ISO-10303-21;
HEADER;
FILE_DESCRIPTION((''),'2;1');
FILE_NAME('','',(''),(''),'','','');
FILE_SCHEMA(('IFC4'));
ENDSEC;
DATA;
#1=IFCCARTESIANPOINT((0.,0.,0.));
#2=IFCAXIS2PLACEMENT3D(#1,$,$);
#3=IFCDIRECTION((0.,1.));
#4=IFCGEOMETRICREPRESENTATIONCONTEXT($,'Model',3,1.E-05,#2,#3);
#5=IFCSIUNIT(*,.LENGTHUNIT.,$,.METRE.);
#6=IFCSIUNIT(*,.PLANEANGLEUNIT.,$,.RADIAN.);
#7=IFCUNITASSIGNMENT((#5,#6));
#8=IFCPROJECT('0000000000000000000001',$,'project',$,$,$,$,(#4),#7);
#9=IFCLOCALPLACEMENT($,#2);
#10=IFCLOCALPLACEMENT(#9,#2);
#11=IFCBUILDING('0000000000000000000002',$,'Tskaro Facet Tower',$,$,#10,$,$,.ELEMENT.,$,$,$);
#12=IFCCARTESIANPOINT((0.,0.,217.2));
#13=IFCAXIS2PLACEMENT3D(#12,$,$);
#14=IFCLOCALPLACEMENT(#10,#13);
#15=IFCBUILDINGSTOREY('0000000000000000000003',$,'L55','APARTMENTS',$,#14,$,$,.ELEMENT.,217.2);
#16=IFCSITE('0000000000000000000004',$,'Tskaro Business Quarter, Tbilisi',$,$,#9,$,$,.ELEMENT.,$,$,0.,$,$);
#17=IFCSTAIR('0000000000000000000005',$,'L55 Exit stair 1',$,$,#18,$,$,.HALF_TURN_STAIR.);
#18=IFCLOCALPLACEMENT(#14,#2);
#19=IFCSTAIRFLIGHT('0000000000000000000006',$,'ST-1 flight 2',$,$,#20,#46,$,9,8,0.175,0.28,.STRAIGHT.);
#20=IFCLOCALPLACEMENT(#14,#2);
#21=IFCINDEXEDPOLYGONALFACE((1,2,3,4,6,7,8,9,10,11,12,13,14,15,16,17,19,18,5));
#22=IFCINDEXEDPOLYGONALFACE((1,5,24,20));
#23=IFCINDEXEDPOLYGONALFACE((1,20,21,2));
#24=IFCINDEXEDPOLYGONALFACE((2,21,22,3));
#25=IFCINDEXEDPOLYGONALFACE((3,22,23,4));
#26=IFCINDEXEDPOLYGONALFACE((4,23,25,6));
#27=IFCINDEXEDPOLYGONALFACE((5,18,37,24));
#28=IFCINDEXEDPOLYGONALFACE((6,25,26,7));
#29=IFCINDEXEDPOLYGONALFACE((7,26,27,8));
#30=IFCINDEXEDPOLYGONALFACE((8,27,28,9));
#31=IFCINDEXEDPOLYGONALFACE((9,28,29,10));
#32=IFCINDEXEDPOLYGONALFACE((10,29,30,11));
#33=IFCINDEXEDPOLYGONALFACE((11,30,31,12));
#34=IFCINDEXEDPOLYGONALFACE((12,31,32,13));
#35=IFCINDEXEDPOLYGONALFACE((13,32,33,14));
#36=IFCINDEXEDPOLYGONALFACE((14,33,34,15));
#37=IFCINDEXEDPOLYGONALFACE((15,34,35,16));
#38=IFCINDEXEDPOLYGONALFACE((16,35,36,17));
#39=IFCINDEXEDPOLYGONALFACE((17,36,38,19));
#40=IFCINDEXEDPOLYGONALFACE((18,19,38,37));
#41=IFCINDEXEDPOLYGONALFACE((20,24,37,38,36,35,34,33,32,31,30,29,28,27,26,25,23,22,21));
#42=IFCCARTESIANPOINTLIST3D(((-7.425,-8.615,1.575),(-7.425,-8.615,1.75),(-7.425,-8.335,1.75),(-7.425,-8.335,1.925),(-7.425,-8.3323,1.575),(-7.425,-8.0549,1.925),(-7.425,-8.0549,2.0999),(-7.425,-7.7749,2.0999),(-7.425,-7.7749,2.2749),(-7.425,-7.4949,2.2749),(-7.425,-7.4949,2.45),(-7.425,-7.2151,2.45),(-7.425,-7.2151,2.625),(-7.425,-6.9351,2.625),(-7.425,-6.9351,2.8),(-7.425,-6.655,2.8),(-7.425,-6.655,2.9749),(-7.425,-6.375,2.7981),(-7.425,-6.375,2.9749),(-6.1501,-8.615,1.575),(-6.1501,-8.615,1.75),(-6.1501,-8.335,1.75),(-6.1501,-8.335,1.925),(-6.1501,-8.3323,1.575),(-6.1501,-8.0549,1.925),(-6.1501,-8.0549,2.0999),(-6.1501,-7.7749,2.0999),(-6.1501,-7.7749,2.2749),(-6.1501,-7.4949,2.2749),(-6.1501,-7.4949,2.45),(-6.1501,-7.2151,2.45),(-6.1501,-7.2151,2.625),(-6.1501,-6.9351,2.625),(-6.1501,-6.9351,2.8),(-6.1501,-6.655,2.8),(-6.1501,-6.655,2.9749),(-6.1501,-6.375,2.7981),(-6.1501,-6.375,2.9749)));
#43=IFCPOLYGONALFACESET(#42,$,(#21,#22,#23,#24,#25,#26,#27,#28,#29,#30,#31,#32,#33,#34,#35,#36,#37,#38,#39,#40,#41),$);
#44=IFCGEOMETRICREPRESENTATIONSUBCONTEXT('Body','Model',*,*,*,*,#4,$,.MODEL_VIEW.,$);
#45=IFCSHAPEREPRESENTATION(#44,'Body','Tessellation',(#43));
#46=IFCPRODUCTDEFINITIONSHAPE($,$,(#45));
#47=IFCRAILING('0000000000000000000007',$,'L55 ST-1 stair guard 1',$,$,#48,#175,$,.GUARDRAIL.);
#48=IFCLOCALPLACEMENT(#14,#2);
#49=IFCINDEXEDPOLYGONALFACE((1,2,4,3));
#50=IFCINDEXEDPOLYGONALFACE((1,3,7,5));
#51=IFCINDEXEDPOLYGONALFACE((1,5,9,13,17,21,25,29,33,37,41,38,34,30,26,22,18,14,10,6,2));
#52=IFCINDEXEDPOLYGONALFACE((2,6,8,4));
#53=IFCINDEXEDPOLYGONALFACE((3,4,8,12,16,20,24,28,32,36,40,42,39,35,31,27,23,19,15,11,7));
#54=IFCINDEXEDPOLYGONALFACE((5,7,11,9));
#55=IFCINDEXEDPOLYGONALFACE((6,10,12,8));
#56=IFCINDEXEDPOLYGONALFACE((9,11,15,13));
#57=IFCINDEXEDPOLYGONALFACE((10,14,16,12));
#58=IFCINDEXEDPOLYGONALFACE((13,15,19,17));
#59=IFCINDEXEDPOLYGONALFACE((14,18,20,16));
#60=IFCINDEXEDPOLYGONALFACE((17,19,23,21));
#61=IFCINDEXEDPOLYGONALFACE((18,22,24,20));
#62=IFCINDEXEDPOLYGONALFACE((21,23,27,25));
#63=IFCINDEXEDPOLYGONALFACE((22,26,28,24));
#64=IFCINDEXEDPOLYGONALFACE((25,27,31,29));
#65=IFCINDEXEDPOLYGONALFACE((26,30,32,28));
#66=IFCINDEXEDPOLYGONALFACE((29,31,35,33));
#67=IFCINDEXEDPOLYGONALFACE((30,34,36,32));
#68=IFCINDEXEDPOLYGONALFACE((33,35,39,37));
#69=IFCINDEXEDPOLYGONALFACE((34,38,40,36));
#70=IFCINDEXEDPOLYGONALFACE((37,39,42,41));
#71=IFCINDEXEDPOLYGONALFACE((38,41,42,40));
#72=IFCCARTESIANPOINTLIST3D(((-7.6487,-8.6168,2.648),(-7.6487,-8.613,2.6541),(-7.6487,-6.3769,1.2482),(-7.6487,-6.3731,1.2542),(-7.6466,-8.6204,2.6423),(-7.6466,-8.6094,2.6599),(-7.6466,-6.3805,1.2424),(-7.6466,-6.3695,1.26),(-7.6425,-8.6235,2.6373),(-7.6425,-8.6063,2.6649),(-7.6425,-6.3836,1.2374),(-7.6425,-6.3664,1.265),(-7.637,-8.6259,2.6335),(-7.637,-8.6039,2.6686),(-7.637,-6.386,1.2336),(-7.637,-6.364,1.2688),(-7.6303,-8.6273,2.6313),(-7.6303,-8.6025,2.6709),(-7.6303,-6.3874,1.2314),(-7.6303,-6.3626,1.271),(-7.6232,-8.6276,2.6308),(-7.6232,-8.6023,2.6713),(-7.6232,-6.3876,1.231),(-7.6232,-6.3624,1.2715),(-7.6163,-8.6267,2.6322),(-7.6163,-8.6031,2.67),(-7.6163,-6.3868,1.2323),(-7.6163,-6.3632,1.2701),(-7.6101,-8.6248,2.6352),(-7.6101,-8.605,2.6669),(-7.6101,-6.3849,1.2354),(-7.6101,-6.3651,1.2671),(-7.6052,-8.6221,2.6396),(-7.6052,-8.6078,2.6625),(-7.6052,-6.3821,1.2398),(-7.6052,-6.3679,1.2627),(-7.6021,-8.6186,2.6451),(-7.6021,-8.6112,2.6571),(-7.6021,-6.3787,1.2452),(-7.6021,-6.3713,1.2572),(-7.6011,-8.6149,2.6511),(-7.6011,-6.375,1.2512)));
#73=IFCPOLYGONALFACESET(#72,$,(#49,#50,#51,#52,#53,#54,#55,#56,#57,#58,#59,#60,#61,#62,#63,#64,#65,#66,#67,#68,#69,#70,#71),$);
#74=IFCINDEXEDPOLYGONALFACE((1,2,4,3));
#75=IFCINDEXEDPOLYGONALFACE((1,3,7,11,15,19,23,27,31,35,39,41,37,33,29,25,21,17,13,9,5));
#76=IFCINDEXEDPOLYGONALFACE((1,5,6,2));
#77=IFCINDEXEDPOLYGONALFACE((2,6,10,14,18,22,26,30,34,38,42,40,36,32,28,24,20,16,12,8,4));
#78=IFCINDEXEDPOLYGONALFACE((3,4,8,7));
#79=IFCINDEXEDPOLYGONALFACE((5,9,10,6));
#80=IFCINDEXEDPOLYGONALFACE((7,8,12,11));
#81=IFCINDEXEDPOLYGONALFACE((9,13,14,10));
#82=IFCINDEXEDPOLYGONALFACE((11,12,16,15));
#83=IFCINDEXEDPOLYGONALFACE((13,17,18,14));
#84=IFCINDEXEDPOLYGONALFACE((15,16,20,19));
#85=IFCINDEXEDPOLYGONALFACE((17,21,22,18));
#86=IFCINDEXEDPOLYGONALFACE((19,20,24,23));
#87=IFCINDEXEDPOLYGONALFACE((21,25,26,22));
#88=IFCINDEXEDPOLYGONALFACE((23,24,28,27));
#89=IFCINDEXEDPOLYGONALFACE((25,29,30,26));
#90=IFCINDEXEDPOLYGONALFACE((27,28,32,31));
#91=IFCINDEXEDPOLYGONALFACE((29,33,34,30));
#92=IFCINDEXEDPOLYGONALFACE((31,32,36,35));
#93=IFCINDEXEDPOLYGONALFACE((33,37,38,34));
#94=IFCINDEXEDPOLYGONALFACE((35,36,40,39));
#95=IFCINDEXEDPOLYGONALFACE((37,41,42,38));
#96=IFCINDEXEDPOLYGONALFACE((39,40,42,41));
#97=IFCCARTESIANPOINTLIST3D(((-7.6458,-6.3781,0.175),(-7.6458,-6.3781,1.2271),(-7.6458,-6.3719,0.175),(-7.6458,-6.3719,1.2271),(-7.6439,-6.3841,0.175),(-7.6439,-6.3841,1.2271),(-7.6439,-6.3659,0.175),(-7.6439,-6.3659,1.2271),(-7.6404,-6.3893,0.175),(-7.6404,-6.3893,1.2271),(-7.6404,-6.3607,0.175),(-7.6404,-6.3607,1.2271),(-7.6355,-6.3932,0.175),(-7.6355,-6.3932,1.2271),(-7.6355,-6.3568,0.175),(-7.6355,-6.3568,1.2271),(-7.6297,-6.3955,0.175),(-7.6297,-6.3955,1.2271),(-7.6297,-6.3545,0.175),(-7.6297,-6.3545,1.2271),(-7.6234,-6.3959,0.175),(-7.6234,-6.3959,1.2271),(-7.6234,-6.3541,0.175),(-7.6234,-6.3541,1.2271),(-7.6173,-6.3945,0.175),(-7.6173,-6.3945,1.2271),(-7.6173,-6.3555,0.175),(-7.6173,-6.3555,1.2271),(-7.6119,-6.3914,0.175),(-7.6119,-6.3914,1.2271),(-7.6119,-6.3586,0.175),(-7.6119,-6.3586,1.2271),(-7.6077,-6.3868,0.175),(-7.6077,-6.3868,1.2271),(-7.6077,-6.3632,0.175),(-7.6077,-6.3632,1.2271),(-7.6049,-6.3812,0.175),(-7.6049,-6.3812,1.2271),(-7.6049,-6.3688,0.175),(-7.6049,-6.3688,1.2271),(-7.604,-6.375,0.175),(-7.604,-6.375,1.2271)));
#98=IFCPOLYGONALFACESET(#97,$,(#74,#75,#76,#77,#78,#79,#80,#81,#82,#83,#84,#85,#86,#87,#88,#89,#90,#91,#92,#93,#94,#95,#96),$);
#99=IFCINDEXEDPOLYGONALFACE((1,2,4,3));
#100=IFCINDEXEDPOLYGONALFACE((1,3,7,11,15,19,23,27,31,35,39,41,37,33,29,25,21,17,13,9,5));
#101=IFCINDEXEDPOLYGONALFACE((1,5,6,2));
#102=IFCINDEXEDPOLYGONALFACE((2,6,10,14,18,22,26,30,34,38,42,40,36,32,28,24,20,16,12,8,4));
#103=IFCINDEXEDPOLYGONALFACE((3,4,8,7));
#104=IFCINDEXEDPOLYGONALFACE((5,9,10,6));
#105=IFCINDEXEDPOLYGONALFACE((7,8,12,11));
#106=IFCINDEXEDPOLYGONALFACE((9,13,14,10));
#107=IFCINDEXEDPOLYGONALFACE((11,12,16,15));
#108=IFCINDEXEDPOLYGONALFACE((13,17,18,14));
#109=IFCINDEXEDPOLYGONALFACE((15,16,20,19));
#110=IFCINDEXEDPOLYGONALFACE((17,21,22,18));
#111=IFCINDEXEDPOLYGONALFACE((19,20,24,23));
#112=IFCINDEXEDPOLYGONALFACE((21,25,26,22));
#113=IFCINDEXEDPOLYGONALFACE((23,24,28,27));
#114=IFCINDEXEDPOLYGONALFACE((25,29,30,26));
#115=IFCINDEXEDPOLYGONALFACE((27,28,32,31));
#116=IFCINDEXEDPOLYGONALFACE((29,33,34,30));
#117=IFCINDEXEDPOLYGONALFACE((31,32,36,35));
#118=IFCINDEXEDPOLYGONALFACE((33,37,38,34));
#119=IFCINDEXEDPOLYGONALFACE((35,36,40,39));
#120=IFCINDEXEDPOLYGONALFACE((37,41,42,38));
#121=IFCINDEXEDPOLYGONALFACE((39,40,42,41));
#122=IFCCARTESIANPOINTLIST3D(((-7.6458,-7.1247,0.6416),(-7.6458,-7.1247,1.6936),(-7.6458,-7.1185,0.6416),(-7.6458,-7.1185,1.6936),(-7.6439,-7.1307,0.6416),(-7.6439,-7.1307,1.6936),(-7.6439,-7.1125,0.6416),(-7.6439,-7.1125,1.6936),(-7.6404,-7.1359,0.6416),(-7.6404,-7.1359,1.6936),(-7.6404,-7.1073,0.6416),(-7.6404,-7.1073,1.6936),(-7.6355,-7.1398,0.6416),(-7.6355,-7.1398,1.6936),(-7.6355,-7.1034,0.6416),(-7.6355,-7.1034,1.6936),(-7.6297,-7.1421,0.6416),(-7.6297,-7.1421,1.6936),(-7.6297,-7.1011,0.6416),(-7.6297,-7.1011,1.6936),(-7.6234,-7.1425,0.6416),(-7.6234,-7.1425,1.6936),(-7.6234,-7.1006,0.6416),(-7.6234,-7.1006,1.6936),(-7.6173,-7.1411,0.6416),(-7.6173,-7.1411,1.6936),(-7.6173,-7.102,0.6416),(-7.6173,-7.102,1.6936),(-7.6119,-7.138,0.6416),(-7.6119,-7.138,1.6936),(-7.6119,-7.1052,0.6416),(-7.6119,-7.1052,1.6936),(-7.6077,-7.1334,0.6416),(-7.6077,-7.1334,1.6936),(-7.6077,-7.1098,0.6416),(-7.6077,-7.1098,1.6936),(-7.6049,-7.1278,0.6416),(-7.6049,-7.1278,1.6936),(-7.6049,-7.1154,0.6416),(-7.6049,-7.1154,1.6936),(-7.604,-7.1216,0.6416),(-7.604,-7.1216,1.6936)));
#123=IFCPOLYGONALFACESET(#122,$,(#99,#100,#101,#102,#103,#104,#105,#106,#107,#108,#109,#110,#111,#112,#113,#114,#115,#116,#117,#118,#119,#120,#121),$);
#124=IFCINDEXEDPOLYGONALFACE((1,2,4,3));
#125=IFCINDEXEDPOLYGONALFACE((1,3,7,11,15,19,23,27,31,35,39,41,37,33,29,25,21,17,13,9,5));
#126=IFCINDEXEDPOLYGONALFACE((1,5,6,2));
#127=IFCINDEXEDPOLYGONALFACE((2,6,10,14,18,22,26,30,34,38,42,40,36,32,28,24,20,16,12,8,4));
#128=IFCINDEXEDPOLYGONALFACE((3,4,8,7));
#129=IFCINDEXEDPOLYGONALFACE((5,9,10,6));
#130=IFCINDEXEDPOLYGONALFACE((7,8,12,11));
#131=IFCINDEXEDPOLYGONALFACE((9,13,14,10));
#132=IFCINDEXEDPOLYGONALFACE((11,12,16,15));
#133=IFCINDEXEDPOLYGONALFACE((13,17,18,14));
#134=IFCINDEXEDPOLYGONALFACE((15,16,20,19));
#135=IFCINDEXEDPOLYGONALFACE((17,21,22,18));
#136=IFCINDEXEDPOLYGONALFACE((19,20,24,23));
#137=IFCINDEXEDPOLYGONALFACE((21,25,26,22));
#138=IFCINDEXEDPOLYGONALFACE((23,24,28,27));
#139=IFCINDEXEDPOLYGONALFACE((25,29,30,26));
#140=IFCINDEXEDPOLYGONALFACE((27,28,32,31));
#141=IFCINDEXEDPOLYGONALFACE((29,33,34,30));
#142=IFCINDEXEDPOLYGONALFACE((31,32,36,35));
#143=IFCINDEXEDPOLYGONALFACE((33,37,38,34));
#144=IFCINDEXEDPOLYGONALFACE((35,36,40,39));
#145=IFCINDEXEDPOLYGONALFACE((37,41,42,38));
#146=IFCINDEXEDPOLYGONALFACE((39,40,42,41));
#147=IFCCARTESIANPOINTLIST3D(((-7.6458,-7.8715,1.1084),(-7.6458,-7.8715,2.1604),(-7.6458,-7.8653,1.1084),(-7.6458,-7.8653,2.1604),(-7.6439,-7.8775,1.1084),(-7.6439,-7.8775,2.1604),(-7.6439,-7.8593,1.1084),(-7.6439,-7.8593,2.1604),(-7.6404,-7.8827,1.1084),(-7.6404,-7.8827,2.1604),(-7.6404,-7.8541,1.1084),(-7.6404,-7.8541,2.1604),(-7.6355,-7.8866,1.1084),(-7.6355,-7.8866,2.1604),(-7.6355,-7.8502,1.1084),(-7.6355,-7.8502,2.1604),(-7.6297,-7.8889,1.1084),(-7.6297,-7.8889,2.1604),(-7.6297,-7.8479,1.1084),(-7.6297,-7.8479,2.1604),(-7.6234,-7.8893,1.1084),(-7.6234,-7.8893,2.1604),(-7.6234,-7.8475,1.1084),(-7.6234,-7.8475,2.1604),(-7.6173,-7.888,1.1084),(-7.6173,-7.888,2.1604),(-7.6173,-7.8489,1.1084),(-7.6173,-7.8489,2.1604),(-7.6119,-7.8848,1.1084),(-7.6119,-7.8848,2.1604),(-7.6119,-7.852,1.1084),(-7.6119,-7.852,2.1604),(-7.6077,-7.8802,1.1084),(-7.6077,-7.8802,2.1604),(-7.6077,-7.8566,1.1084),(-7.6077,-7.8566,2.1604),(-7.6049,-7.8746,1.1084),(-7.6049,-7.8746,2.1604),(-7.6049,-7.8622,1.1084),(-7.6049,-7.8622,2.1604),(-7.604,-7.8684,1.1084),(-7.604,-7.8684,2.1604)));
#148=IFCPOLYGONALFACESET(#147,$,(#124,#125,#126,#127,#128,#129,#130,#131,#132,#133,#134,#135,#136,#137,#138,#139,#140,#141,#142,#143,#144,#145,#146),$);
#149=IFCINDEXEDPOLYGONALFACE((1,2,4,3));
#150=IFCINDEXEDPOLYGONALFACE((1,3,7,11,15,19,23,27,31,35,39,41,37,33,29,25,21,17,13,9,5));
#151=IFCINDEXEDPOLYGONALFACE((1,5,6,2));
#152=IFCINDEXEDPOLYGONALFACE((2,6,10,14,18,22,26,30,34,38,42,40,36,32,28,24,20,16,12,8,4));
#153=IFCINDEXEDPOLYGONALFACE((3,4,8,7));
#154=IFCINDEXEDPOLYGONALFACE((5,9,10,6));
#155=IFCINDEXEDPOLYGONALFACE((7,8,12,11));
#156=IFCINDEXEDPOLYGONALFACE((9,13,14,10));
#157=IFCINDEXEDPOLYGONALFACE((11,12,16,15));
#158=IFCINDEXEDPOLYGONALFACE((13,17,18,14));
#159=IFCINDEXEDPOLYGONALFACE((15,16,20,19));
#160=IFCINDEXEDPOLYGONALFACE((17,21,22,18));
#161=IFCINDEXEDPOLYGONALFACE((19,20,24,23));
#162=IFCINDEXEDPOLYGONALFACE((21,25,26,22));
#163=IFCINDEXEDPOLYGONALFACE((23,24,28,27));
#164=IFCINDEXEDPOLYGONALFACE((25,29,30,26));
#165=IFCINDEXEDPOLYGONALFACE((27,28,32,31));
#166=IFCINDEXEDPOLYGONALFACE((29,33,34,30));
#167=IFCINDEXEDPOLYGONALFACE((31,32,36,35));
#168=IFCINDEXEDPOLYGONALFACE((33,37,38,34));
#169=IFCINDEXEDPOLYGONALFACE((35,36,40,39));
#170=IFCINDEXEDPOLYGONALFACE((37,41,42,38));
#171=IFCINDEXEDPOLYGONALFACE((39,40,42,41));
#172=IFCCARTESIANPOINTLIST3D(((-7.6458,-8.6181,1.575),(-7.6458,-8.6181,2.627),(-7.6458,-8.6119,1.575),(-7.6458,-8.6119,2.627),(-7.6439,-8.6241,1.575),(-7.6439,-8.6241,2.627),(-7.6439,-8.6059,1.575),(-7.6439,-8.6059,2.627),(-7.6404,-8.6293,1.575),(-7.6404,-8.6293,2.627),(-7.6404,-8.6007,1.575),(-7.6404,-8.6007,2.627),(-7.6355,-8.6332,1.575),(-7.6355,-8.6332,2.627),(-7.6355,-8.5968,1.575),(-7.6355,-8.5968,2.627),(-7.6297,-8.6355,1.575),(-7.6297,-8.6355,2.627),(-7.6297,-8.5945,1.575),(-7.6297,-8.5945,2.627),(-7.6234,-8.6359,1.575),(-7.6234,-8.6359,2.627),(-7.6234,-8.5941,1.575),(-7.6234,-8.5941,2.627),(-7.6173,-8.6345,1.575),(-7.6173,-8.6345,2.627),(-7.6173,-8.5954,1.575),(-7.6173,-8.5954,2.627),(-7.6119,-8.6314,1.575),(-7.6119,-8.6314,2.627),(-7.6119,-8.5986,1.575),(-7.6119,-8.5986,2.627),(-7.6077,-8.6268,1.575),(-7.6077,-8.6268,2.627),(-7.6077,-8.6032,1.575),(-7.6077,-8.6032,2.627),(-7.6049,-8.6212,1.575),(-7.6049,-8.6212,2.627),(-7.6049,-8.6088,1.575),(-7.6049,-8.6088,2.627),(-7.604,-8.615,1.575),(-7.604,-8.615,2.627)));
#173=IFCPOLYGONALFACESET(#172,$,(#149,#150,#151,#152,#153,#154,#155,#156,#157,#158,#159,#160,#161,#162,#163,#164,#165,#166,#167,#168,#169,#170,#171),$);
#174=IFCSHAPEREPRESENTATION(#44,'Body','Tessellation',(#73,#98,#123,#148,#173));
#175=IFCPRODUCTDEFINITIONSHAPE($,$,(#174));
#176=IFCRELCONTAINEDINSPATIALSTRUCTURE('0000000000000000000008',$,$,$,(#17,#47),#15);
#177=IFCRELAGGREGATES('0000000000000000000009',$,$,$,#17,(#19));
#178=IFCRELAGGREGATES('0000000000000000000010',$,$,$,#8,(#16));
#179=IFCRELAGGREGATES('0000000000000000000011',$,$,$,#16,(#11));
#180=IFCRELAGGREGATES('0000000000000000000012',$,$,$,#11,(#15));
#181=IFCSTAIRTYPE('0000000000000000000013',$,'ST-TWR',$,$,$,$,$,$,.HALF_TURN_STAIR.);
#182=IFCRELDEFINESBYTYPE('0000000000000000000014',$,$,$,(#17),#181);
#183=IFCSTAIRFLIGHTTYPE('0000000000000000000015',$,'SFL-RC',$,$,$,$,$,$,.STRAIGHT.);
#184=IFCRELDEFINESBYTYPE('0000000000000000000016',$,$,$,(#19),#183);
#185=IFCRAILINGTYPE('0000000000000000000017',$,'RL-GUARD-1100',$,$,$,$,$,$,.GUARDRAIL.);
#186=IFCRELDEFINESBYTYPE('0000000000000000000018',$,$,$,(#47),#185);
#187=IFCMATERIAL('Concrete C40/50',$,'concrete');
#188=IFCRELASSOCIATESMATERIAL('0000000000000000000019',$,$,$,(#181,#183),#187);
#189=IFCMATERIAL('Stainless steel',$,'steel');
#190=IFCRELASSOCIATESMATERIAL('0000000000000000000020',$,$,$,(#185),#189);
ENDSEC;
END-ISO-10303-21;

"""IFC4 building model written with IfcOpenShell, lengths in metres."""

from ifc_helpers import new_model, si_unit, direction, frame, origin, origin_2d, place, context, subcontext, project, spatial, polyline, circle, outline, extrude, material, type_object, element, aggregate, save


model = new_model("IFC4")

# Units and contexts
model_context = context("Model", 3, precision=1e-05, world=origin(), true_north=direction((0.0, 1.0)))
body_context = subcontext(model_context, "Body", "Model", "MODEL_VIEW")
ifc_project = project(units=[si_unit("LENGTHUNIT", "METRE"), si_unit("PLANEANGLEUNIT", "RADIAN")], contexts=[model_context])

# Site, building, storey
site_placement = place(None, origin())
site = spatial("IfcSite", under=ifc_project, at=site_placement, Name="Tskaro Business Quarter, Tbilisi", CompositionType="ELEMENT", RefElevation=0.0)
building_placement = place(site_placement, origin())
building = spatial("IfcBuilding", under=site, at=building_placement, Name="Tskaro Facet Tower", CompositionType="ELEMENT")
storey_placement = place(building_placement, frame((0.0, 0.0, 217.2)))
storey = spatial("IfcBuildingStorey", under=building, at=storey_placement, Name="L55", Description="APARTMENTS", CompositionType="ELEMENT", Elevation=217.2)

# Shared definitions
ifc_material_1 = material(Name="Stainless steel", Category="steel")

# Shared definitions
ifc_material_2 = material(Name="Concrete C40/50", Category="concrete")

# Stair, stair flight
stair_type = type_object("IfcStairType", Name="ST-TWR", PredefinedType="HALF_TURN_STAIR", material=ifc_material_2)
stair_placement = place(storey_placement, origin())
stair = element("IfcStair", 1, at=stair_placement, inside=storey, type_object=stair_type, Name="L55 Exit stair 1", PredefinedType="HALF_TURN_STAIR")
stair_flight_type = type_object("IfcStairFlightType", Name="SFL-RC", PredefinedType="STRAIGHT", material=ifc_material_2)
stair_flight_1_placement = place(storey_placement, frame((-6.7876, -8.615, 1.575), z_axis=(0.0, 0.0, 1.0), x_axis=(0.0, 1.0, 0.0)))
stair_flight_1 = element("IfcStairFlight", 2, at=stair_flight_1_placement, type_object=stair_flight_type, Name="ST-1 flight 2", NumberOfRisers=9, NumberOfTreads=8, PredefinedType="STRAIGHT", RiserHeight=0.175, TreadLength=0.28, context=body_context, shape_type="SweptSolid", body=[
    extrude(outline(polyline([(0.0, 0.0), (0.0, 0.175), (0.28, 0.175), (0.28, 0.3501), (0.5601, 0.3501), (0.5601, 0.5249), (0.8401, 0.5249), (0.8401, 0.7), (1.1201, 0.7), (1.1201, 0.875), (1.3999, 0.875), (1.3999, 1.05), (1.6799, 1.05), (1.6799, 1.2251), (1.96, 1.2251), (1.96, 1.3999), (2.24, 1.3999), (2.24, 1.575), (2.24, 1.2231), (0.2827, 0.0), (0.0, 0.0)])), frame((0.0, 0.6375, 0.0), z_axis=(0.0, -1.0, 0.0), x_axis=(1.0, 0.0, 0.0)), (0.0, 0.0, 1.0), 1.2749),
])
aggregate(stair, [stair_flight_1])

# Railing
railing_type_1 = type_object("IfcRailingType", Name="RL-GUARD-1100", PredefinedType="GUARDRAIL", material=ifc_material_1)
railing_1_placement = place(storey_placement, frame((-7.625, -6.375, 0.175)))
element("IfcRailing", 3, at=railing_1_placement, inside=storey, type_object=railing_type_1, Name="L55 ST-1 stair guard 1", PredefinedType="GUARDRAIL", context=body_context, shape_type="SweptSolid", body=[
    extrude(circle(Radius=0.0239, at=origin_2d()), frame((0.0, 0.0, 1.0762), z_axis=(0.0, -0.848014, 0.529974), x_axis=(1.0, 0.0, 0.0)), (0.0, 0.0, 1.0), 2.6414),
    extrude(circle(Radius=0.021, at=origin_2d()), origin(), (0.0, 0.0, 1.0), 1.052),
    extrude(circle(Radius=0.021, at=origin_2d()), frame((0.0, -0.7466, 0.4666)), (0.0, 0.0, 1.0), 1.052),
    extrude(circle(Radius=0.021, at=origin_2d()), frame((0.0, -1.4934, 0.9333)), (0.0, 0.0, 1.0), 1.052),
    extrude(circle(Radius=0.021, at=origin_2d()), frame((0.0, -2.24, 1.3999)), (0.0, 0.0, 1.0), 1.052),
])

save(model, "model.ifc")
